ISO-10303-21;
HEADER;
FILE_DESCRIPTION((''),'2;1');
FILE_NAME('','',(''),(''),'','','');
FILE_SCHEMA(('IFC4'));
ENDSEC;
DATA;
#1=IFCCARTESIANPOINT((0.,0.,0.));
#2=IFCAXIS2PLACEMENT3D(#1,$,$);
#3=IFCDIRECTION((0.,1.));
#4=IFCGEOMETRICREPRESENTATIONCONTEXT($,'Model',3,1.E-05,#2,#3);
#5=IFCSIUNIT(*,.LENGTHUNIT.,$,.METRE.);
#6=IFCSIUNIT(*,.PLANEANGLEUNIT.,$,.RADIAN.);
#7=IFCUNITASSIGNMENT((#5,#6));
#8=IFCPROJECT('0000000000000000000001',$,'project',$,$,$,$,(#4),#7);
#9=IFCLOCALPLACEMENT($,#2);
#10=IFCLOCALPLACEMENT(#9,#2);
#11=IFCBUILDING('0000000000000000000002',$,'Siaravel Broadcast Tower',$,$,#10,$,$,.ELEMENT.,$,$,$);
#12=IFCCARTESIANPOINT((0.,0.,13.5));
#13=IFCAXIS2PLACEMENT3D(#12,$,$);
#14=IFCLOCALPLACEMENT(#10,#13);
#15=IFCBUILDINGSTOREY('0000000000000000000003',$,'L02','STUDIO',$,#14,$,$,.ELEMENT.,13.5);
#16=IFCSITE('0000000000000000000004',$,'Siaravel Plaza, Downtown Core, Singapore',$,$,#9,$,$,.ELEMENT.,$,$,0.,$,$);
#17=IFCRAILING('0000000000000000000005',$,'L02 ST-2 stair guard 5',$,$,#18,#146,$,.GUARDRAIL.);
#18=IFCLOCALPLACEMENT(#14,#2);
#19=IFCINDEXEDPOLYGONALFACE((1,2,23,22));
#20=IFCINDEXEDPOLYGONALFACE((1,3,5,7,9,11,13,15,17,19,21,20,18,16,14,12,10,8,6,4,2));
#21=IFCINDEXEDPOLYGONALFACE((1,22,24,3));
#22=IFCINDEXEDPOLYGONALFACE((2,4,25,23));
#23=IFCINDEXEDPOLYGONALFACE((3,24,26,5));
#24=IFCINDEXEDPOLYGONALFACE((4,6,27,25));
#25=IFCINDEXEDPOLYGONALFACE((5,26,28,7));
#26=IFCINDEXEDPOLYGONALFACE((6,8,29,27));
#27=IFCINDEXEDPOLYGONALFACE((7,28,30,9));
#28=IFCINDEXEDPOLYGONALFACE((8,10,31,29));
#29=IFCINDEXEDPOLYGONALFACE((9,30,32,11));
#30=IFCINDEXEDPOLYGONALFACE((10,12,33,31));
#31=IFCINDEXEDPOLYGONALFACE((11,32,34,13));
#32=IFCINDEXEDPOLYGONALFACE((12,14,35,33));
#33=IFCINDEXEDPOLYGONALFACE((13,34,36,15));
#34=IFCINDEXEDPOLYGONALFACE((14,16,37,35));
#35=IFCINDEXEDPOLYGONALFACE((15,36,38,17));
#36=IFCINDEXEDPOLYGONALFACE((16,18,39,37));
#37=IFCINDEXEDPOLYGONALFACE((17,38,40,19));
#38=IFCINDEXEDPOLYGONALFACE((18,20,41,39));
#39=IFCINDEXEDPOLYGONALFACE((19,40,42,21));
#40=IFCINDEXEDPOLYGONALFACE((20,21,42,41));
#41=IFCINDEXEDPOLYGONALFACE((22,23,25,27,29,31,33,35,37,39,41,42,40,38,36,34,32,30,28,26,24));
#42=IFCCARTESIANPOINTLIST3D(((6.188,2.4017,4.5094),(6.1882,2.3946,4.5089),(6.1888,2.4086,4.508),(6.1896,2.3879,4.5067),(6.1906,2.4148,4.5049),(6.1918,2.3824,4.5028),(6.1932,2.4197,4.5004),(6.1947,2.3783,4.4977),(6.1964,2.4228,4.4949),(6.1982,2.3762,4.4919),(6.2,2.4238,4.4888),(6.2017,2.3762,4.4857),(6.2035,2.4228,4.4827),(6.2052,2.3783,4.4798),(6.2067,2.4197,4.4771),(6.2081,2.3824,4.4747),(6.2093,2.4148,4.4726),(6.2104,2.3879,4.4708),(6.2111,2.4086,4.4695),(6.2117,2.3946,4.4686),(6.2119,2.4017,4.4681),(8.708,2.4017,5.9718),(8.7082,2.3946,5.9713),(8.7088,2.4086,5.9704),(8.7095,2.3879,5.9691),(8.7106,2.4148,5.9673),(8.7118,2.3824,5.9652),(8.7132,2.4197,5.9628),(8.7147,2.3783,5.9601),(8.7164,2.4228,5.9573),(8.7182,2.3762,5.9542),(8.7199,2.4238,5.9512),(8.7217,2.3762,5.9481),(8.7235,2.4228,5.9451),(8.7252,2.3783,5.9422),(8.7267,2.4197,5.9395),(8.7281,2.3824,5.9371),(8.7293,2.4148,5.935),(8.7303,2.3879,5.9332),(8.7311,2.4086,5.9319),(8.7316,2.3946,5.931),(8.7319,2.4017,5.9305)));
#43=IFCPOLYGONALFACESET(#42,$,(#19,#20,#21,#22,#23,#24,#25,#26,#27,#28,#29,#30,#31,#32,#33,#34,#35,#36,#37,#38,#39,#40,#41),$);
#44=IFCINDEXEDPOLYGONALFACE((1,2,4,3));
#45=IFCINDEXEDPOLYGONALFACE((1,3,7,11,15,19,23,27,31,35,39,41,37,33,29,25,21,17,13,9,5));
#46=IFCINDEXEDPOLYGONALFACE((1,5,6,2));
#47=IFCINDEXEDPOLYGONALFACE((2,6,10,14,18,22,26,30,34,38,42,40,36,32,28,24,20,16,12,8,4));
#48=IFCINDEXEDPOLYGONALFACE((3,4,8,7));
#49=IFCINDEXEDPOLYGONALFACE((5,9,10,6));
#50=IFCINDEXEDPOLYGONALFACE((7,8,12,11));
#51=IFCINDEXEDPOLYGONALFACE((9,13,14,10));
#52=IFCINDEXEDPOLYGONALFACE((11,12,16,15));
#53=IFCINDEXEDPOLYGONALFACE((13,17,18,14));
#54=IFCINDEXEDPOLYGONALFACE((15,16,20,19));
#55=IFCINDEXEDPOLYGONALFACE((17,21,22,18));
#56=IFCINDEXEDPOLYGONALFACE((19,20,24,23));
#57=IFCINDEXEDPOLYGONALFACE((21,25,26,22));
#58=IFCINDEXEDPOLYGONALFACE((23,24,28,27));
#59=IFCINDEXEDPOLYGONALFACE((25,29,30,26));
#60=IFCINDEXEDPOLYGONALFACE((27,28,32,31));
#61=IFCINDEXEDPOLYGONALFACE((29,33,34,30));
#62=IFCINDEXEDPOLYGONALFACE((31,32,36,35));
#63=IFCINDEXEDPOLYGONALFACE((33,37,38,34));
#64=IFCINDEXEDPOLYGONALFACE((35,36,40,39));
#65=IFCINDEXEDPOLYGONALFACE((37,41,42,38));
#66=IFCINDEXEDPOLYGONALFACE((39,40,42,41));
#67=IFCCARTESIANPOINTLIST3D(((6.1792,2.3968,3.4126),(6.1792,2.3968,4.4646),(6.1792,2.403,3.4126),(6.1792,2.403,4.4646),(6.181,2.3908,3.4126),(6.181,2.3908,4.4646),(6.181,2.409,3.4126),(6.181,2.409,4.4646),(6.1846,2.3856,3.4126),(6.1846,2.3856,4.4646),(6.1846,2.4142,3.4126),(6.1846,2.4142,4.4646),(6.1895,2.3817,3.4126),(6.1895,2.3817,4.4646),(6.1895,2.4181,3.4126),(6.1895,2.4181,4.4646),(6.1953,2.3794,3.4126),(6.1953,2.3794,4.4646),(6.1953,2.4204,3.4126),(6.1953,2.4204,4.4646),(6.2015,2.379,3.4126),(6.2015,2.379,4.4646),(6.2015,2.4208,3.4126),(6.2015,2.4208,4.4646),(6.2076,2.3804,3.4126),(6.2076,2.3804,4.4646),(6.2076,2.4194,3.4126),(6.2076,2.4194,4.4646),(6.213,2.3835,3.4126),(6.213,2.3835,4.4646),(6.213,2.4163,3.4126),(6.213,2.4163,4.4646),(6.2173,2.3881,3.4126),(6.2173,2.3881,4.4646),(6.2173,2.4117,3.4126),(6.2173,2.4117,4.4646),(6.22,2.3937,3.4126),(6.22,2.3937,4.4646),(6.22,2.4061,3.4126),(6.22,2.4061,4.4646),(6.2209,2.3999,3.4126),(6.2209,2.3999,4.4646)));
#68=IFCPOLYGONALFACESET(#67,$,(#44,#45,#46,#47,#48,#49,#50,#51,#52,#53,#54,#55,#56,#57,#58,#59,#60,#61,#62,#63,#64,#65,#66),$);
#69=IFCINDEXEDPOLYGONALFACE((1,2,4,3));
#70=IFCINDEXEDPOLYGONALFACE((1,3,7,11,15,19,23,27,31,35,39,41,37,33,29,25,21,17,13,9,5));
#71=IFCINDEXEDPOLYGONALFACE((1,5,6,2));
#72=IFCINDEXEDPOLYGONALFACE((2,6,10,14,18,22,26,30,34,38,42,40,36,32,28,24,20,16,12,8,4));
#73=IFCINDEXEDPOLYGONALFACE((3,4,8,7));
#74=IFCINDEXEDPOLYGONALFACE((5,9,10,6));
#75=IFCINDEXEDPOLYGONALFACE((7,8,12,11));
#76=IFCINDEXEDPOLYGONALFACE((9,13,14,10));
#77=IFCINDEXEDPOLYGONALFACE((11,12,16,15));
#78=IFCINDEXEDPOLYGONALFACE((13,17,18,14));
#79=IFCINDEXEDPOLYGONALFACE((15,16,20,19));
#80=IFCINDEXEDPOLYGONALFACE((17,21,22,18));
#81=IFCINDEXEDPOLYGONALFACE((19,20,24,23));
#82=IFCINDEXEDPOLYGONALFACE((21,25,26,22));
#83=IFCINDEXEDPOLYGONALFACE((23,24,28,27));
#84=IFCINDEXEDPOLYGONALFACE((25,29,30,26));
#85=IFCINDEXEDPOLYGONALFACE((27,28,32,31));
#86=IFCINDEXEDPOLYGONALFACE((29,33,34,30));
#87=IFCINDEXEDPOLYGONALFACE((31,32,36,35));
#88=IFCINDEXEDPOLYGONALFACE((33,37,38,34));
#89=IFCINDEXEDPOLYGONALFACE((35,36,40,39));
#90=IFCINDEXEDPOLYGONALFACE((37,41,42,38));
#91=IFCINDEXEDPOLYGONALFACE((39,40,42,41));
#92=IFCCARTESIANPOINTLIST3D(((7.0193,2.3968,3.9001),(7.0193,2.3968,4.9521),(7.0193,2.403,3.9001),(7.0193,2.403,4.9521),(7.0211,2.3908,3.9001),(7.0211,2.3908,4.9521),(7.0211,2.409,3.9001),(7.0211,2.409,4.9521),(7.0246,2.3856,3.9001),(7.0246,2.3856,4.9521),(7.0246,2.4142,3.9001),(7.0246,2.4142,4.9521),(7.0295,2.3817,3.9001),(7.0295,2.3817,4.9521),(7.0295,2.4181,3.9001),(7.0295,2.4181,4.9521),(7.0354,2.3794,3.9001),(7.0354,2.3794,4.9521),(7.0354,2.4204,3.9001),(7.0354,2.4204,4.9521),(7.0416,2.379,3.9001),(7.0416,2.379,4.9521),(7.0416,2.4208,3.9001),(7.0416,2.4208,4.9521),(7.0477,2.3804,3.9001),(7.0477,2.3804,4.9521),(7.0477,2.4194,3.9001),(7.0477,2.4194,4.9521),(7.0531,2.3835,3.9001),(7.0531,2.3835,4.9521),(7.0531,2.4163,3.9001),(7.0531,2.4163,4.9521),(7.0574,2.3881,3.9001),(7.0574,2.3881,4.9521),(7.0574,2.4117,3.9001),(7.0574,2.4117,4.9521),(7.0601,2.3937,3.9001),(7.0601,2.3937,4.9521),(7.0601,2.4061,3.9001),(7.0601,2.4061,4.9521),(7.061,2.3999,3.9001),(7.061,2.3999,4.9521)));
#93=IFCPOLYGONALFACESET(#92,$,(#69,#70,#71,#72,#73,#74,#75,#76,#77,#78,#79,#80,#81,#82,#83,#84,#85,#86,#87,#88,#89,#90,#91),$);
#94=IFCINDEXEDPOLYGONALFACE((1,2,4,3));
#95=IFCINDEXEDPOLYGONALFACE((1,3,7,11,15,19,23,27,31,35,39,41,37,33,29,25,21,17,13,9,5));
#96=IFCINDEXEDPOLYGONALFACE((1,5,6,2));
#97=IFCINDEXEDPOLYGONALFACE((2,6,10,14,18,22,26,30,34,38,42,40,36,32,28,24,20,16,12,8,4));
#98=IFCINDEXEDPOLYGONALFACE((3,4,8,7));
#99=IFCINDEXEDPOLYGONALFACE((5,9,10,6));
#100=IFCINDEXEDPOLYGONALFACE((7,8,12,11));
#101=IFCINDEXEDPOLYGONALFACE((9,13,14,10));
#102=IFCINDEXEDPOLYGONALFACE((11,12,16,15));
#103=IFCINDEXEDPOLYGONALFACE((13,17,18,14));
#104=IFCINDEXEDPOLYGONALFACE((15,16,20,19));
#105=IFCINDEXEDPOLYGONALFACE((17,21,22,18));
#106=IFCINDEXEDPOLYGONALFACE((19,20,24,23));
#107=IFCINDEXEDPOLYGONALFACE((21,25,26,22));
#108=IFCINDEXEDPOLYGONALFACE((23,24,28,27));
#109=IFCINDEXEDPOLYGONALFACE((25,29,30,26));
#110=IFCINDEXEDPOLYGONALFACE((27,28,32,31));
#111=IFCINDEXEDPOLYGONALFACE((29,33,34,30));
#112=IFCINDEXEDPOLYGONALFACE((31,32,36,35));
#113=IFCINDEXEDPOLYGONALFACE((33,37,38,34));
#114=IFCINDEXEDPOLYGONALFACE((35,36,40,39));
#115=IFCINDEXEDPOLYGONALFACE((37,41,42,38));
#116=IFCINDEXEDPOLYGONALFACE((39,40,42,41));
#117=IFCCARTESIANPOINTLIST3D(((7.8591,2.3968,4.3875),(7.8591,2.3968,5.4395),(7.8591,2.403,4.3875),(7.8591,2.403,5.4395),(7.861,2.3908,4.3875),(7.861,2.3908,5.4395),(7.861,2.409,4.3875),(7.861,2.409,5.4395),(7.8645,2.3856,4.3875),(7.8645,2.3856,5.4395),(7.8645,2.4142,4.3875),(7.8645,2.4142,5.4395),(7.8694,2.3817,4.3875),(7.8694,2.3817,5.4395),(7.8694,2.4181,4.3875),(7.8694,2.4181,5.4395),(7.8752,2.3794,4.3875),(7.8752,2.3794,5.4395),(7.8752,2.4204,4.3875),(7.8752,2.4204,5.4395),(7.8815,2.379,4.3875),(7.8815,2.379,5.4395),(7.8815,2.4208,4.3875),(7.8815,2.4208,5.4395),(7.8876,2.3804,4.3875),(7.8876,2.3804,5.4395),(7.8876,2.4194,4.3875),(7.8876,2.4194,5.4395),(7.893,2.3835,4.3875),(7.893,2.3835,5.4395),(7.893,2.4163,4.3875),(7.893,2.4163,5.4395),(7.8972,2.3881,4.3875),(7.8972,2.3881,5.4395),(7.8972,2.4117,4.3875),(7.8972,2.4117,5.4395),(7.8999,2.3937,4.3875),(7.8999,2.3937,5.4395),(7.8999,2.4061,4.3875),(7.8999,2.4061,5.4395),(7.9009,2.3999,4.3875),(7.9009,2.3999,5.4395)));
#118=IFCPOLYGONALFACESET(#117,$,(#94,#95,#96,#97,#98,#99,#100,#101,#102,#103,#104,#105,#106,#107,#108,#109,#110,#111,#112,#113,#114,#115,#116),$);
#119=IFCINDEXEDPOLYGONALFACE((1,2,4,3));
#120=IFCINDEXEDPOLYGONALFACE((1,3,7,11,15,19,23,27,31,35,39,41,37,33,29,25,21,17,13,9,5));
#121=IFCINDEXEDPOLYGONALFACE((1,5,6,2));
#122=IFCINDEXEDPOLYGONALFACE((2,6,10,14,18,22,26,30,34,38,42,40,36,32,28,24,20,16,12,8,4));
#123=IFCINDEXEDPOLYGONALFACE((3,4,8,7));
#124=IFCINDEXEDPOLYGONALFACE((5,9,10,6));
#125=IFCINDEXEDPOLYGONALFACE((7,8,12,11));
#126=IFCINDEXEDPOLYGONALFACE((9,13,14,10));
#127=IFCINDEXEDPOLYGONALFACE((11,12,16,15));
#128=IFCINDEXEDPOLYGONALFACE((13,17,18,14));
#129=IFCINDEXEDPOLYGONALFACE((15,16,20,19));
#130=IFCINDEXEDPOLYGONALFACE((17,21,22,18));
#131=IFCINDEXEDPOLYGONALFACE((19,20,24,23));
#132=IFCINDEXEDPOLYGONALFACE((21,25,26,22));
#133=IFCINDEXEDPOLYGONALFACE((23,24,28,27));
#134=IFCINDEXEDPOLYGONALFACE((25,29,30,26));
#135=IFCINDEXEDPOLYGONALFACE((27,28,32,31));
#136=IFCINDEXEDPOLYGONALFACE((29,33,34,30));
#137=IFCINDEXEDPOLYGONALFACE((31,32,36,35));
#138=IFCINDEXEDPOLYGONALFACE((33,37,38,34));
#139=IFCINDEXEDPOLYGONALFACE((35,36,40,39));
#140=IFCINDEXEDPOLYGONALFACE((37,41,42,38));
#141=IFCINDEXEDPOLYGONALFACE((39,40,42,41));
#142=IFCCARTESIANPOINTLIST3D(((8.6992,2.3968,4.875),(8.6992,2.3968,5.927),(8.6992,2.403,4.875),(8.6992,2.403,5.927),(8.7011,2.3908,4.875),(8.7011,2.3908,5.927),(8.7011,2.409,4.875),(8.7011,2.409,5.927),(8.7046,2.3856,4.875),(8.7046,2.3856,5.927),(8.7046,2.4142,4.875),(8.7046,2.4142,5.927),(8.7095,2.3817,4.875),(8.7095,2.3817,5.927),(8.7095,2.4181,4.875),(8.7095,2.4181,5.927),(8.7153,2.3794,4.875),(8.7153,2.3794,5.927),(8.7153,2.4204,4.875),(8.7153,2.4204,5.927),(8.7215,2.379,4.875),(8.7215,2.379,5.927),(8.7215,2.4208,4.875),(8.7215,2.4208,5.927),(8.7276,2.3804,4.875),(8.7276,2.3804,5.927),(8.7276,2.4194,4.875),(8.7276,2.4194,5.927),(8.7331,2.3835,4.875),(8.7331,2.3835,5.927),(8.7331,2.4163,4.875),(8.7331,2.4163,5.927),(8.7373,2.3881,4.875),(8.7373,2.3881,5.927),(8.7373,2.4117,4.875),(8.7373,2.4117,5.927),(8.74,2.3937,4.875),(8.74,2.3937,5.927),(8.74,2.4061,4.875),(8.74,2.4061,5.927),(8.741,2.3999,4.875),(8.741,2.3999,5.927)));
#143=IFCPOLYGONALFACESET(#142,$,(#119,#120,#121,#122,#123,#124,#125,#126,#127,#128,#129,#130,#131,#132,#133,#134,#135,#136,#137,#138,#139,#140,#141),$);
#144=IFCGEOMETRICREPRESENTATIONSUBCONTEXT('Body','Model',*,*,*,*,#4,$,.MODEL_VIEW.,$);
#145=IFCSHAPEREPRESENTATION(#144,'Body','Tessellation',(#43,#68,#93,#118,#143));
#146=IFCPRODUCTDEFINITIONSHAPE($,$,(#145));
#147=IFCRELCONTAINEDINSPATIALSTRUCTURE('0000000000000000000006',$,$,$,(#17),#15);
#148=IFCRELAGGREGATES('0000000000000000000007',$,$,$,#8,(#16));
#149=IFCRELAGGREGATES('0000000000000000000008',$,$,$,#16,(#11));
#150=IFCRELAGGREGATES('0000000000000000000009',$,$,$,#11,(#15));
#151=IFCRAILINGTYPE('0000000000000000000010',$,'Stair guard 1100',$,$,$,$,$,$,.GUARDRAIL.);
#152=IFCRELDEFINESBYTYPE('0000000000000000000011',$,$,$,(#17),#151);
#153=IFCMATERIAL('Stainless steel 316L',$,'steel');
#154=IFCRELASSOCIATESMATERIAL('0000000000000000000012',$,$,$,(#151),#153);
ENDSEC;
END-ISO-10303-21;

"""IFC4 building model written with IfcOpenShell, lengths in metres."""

from ifc_helpers import new_model, si_unit, direction, frame, origin, origin_2d, place, context, subcontext, project, spatial, circle, extrude, material, type_object, element, save


model = new_model("IFC4")

# Units and contexts
model_context = context("Model", 3, precision=1e-05, world=origin(), true_north=direction((0.0, 1.0)))
body_context = subcontext(model_context, "Body", "Model", "MODEL_VIEW")
ifc_project = project(units=[si_unit("LENGTHUNIT", "METRE"), si_unit("PLANEANGLEUNIT", "RADIAN")], contexts=[model_context])

# Site, building, storey
site_placement = place(None, origin())
site = spatial("IfcSite", under=ifc_project, at=site_placement, Name="Siaravel Plaza, Downtown Core, Singapore", CompositionType="ELEMENT", RefElevation=0.0)
building_placement = place(site_placement, origin())
building = spatial("IfcBuilding", under=site, at=building_placement, Name="Siaravel Broadcast Tower", CompositionType="ELEMENT")
storey_placement = place(building_placement, frame((0.0, 0.0, 13.5)))
storey = spatial("IfcBuildingStorey", under=building, at=storey_placement, Name="L02", Description="STUDIO", CompositionType="ELEMENT", Elevation=13.5)

# Railing
ifc_material_1 = material(Name="Stainless steel 316L", Category="steel")
railing_type_1 = type_object("IfcRailingType", Name="Stair guard 1100", PredefinedType="GUARDRAIL", material=ifc_material_1)
railing_1_placement = place(storey_placement, frame((6.2, 2.3999, 3.4126)))
element("IfcRailing", 1, at=railing_1_placement, inside=storey, type_object=railing_type_1, Name="L02 ST-2 stair guard 5", PredefinedType="GUARDRAIL", context=body_context, shape_type="SweptSolid", body=[
    extrude(circle(Radius=0.0239, at=origin_2d()), frame((0.0, 0.0, 1.0762), z_axis=(0.864913, 0.0, 0.501921), x_axis=(0.0, 1.0, 0.0)), (0.0, 0.0, 1.0), 2.9136),
    extrude(circle(Radius=0.021, at=origin_2d()), origin(), (0.0, 0.0, 1.0), 1.052),
    extrude(circle(Radius=0.021, at=origin_2d()), frame((0.8401, 0.0, 0.4875)), (0.0, 0.0, 1.0), 1.052),
    extrude(circle(Radius=0.021, at=origin_2d()), frame((1.6799, 0.0, 0.9749)), (0.0, 0.0, 1.0), 1.052),
    extrude(circle(Radius=0.021, at=origin_2d()), frame((2.52, 0.0, 1.4624)), (0.0, 0.0, 1.0), 1.052),
])

save(model, "model.ifc")
